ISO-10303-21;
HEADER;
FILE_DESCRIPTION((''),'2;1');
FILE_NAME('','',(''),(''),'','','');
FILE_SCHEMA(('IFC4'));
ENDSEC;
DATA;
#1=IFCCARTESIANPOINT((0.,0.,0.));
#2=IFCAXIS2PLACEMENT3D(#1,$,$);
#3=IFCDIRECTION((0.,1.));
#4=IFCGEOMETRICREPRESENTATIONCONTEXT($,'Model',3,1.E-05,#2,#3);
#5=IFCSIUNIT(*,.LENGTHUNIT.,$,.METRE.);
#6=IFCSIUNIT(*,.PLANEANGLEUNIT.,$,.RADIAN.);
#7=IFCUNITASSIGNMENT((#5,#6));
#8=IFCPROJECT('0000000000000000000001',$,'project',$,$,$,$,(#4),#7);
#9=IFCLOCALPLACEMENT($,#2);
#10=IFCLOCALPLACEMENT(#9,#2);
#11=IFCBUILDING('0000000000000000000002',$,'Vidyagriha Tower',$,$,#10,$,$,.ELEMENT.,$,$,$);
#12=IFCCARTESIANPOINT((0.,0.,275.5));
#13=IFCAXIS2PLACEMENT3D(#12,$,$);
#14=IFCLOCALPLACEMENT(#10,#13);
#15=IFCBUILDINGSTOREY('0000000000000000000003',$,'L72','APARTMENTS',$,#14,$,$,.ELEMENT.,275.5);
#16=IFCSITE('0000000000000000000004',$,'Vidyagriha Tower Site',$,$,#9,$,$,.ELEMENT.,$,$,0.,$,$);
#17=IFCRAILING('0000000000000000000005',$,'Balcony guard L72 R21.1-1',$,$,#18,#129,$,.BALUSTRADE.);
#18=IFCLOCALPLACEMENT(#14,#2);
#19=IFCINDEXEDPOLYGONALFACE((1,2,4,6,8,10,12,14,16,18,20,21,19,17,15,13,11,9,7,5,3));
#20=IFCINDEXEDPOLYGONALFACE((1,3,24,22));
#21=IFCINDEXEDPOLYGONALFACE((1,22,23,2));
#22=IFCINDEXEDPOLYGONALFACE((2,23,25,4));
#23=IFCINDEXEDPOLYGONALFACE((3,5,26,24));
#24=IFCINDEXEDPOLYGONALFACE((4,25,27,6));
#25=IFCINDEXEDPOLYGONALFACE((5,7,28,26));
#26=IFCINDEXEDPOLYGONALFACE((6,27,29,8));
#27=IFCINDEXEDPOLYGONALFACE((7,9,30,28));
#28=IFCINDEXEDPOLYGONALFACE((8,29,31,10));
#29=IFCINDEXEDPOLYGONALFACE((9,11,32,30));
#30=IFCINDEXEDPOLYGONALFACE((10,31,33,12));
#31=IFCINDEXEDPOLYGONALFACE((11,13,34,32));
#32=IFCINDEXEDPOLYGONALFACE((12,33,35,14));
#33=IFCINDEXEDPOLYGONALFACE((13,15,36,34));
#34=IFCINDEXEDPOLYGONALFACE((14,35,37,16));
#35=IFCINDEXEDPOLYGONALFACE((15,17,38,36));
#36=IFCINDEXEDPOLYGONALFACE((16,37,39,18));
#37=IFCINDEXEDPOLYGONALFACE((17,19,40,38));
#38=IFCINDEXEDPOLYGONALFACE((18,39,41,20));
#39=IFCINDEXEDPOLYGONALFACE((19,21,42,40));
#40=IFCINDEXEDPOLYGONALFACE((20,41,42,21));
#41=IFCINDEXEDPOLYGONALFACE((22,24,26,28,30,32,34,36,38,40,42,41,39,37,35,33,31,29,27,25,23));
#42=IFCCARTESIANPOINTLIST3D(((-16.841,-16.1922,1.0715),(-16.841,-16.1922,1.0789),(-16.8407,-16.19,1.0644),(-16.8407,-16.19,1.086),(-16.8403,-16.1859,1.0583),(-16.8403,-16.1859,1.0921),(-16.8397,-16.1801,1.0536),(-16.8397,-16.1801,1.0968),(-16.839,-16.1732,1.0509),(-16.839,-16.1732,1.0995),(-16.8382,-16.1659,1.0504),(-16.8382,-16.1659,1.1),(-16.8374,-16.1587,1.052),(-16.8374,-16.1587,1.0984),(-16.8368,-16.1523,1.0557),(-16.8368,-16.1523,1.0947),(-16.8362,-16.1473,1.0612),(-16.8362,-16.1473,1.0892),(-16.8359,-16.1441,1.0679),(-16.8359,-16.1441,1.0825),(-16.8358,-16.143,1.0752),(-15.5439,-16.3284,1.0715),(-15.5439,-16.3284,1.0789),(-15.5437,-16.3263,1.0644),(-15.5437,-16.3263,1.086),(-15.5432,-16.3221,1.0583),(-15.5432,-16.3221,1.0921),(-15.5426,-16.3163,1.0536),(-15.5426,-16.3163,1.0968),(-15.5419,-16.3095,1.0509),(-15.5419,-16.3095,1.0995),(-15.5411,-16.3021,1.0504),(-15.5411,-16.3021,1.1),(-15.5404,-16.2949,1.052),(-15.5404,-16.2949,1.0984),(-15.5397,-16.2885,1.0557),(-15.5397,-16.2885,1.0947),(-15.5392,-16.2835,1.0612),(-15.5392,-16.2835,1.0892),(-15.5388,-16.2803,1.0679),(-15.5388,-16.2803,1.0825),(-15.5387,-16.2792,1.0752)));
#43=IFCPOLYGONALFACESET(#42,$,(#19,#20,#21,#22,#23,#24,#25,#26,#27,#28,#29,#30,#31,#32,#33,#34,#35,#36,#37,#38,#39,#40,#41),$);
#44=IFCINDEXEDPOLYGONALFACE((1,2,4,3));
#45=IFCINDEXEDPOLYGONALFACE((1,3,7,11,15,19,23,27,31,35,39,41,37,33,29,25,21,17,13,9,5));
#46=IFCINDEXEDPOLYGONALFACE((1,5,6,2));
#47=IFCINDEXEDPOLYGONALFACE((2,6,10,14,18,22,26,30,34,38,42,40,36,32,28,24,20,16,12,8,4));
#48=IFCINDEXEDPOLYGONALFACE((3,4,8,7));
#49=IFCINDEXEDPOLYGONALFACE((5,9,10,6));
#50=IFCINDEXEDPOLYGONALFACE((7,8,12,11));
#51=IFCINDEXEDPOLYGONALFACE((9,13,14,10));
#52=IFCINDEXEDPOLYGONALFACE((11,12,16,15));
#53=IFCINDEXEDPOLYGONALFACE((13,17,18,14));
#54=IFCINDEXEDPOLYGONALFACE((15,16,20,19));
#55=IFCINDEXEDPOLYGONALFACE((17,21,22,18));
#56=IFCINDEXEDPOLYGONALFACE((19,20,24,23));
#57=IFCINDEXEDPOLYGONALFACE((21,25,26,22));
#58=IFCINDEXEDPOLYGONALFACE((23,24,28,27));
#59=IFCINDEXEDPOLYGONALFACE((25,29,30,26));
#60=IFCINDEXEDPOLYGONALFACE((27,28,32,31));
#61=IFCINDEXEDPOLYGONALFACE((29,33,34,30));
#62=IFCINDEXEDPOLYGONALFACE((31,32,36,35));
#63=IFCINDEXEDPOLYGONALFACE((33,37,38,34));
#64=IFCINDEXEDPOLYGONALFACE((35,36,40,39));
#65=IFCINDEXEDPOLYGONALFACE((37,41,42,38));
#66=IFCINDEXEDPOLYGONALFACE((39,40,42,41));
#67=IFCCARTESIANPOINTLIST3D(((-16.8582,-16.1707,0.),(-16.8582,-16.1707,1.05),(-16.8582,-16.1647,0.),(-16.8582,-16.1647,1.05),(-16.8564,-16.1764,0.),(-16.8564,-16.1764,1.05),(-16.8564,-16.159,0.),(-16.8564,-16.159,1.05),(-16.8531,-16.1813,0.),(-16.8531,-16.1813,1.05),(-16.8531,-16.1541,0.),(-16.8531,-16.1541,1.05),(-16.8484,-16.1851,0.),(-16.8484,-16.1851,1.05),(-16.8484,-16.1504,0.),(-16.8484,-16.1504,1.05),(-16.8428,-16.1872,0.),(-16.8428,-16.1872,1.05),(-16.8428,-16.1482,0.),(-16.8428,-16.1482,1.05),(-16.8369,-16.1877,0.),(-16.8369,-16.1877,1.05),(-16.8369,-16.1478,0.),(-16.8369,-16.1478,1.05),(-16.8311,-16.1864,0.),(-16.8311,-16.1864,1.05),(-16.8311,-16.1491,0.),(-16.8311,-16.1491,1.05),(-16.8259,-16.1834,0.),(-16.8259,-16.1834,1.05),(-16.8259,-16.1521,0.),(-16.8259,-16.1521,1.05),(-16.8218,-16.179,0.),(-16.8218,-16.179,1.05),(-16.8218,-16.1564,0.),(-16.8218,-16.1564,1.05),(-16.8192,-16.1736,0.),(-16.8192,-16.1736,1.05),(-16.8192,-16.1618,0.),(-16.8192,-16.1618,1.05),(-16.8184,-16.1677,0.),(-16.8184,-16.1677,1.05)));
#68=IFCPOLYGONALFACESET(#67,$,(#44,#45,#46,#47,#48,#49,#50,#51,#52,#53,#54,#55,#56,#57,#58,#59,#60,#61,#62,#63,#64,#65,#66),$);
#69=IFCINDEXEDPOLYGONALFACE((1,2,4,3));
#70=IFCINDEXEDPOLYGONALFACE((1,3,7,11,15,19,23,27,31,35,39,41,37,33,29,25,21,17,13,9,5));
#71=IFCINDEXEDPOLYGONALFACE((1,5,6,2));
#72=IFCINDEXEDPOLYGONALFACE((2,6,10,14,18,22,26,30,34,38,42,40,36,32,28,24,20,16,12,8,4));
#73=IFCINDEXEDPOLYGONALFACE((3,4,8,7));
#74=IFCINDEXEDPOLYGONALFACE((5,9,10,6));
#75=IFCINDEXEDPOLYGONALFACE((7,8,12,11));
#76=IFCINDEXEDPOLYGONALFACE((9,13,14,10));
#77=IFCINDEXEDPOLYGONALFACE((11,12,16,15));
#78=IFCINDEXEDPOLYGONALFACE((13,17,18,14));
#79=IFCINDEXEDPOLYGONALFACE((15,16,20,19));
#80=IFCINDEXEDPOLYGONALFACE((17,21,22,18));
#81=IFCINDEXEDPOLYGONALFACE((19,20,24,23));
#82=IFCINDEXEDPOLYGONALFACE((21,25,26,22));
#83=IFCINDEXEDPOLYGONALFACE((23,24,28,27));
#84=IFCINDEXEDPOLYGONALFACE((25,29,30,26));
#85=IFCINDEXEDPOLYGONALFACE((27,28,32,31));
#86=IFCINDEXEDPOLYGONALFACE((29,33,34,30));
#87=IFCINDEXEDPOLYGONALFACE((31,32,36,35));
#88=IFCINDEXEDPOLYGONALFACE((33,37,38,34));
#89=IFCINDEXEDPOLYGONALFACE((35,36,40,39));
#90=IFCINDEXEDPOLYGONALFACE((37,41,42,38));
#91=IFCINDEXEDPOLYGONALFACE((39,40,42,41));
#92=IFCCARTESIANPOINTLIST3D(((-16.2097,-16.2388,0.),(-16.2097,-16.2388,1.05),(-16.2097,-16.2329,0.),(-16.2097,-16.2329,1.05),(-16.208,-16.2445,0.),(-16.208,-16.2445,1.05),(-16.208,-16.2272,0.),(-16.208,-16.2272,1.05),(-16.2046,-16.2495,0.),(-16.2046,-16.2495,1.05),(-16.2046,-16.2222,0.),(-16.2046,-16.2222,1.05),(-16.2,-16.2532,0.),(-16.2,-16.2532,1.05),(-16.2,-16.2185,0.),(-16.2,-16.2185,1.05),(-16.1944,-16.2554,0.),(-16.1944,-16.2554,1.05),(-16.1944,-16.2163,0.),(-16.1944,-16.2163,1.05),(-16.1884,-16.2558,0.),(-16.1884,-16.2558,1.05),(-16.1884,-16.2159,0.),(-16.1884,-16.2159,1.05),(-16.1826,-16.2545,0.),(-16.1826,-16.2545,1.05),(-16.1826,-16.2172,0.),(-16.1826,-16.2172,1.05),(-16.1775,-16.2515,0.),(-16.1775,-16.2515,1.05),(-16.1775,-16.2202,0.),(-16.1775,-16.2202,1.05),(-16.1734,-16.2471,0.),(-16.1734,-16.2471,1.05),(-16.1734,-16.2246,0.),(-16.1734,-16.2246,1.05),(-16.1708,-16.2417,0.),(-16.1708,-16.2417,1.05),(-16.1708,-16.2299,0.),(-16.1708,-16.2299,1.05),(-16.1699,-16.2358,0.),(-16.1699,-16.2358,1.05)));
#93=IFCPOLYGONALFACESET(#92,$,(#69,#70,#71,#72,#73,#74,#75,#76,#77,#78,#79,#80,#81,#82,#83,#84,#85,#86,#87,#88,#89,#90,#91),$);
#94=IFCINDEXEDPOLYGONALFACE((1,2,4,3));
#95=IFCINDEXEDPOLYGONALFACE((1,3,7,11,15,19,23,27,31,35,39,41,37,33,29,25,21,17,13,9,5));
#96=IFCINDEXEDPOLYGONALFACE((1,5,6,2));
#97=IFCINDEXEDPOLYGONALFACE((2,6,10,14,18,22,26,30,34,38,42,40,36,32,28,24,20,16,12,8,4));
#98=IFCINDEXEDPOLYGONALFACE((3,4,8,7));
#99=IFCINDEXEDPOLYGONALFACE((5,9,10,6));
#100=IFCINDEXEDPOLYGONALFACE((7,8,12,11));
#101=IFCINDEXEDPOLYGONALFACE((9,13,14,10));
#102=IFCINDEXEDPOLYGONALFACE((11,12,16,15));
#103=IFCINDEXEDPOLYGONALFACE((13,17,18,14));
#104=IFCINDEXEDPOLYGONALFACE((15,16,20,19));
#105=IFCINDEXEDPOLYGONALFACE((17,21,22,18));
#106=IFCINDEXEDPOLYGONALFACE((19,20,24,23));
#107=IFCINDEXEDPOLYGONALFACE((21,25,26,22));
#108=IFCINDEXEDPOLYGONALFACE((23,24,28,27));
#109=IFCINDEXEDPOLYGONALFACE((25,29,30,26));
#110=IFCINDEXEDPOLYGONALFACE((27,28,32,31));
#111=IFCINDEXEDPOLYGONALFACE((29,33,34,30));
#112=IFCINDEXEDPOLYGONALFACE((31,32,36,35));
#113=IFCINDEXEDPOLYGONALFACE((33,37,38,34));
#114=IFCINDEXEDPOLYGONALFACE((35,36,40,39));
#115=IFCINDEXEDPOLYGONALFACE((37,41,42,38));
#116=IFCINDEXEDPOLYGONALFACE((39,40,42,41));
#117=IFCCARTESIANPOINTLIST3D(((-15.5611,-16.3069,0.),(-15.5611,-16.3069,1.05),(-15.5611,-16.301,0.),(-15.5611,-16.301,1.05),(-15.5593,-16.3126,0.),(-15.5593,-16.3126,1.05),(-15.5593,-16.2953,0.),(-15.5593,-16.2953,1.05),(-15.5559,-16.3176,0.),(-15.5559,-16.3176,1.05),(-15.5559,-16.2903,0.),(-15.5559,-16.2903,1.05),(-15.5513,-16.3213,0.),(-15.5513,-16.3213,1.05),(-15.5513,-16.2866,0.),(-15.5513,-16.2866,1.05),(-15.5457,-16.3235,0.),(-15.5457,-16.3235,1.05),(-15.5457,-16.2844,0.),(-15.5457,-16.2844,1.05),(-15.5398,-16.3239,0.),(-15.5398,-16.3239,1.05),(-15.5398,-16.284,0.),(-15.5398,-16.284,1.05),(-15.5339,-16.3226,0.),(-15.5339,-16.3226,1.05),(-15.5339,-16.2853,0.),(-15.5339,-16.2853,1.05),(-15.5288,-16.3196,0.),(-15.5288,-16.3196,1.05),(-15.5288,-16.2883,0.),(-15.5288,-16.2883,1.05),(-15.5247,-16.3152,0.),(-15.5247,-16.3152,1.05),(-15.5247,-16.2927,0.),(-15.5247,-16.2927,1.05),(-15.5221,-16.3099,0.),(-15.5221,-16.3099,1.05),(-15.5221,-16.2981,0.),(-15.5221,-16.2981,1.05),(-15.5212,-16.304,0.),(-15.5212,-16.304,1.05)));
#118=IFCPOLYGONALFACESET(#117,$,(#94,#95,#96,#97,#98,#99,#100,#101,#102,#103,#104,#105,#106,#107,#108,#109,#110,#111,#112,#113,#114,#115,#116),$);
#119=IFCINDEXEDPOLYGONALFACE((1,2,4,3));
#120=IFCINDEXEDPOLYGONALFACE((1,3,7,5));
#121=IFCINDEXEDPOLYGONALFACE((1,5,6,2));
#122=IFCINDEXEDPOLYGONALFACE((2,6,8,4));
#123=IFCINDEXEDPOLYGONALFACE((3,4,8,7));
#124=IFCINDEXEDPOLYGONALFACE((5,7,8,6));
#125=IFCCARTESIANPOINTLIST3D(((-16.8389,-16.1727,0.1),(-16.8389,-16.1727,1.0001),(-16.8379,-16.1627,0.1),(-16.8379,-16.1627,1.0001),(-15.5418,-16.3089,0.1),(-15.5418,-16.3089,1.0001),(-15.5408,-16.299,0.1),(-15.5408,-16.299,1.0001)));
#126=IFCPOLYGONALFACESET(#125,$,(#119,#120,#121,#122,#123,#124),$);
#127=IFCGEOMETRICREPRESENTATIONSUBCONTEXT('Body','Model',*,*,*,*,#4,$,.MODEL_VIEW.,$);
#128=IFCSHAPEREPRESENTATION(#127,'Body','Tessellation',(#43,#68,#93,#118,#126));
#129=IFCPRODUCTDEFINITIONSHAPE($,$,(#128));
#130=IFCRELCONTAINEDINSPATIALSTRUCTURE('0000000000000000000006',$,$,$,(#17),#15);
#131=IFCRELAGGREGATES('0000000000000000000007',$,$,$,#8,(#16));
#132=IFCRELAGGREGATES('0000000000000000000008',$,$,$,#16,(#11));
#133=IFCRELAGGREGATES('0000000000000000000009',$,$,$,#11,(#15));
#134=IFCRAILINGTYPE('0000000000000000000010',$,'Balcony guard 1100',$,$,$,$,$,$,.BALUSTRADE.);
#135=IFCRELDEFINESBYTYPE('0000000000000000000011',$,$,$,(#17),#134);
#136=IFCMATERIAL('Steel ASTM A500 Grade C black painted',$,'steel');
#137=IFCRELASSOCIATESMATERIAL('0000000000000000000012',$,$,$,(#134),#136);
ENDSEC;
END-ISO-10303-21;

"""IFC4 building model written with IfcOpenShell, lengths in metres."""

from ifc_helpers import new_model, si_unit, direction, frame, origin, origin_2d, place, context, subcontext, project, spatial, rectangle, circle, extrude, material, type_object, element, save


model = new_model("IFC4")

# Units and contexts
model_context = context("Model", 3, precision=1e-05, world=origin(), true_north=direction((0.0, 1.0)))
body_context = subcontext(model_context, "Body", "Model", "MODEL_VIEW")
ifc_project = project(units=[si_unit("LENGTHUNIT", "METRE"), si_unit("PLANEANGLEUNIT", "RADIAN")], contexts=[model_context])

# Site, building, storey
site_placement = place(None, origin())
site = spatial("IfcSite", under=ifc_project, at=site_placement, Name="Vidyagriha Tower Site", CompositionType="ELEMENT", RefElevation=0.0)
building_placement = place(site_placement, origin())
building = spatial("IfcBuilding", under=site, at=building_placement, Name="Vidyagriha Tower", CompositionType="ELEMENT")
storey_placement = place(building_placement, frame((0.0, 0.0, 275.5)))
storey = spatial("IfcBuildingStorey", under=building, at=storey_placement, Name="L72", Description="APARTMENTS", CompositionType="ELEMENT", Elevation=275.5)

# Railing
ifc_material_1 = material(Name="Steel ASTM A500 Grade C black painted", Category="steel")
railing_type_1 = type_object("IfcRailingType", Name="Balcony guard 1100", PredefinedType="BALUSTRADE", material=ifc_material_1)
railing_1_placement = place(storey_placement, frame((-16.8384, -16.1677, 0.0)))
element("IfcRailing", 1, at=railing_1_placement, inside=storey, type_object=railing_type_1, Name="Balcony guard L72 R21.1-1", PredefinedType="BALUSTRADE", context=body_context, shape_type="SweptSolid", body=[
    extrude(circle(Radius=0.0249, at=origin_2d()), frame((0.0, 0.0, 1.0752), z_axis=(0.99453, -0.104451, 0.0), x_axis=(0.104451, 0.99453, 0.0)), (0.0, 0.0, 1.0), 1.3042),
    extrude(circle(Radius=0.02, at=origin_2d()), origin(), (0.0, 0.0, 1.0), 1.05),
    extrude(circle(Radius=0.02, at=origin_2d()), frame((0.6484, -0.0681, 0.0)), (0.0, 0.0, 1.0), 1.05),
    extrude(circle(Radius=0.02, at=origin_2d()), frame((1.2971, -0.1362, 0.0)), (0.0, 0.0, 1.0), 1.05),
    extrude(rectangle(XDim=0.01, YDim=0.9001, at=origin_2d()), frame((0.0, 0.0, 0.55), z_axis=(0.99453, -0.104451, 0.0), x_axis=(0.104451, 0.99453, 0.0)), (0.0, 0.0, 1.0), 1.3042),
])

save(model, "model.ifc")
